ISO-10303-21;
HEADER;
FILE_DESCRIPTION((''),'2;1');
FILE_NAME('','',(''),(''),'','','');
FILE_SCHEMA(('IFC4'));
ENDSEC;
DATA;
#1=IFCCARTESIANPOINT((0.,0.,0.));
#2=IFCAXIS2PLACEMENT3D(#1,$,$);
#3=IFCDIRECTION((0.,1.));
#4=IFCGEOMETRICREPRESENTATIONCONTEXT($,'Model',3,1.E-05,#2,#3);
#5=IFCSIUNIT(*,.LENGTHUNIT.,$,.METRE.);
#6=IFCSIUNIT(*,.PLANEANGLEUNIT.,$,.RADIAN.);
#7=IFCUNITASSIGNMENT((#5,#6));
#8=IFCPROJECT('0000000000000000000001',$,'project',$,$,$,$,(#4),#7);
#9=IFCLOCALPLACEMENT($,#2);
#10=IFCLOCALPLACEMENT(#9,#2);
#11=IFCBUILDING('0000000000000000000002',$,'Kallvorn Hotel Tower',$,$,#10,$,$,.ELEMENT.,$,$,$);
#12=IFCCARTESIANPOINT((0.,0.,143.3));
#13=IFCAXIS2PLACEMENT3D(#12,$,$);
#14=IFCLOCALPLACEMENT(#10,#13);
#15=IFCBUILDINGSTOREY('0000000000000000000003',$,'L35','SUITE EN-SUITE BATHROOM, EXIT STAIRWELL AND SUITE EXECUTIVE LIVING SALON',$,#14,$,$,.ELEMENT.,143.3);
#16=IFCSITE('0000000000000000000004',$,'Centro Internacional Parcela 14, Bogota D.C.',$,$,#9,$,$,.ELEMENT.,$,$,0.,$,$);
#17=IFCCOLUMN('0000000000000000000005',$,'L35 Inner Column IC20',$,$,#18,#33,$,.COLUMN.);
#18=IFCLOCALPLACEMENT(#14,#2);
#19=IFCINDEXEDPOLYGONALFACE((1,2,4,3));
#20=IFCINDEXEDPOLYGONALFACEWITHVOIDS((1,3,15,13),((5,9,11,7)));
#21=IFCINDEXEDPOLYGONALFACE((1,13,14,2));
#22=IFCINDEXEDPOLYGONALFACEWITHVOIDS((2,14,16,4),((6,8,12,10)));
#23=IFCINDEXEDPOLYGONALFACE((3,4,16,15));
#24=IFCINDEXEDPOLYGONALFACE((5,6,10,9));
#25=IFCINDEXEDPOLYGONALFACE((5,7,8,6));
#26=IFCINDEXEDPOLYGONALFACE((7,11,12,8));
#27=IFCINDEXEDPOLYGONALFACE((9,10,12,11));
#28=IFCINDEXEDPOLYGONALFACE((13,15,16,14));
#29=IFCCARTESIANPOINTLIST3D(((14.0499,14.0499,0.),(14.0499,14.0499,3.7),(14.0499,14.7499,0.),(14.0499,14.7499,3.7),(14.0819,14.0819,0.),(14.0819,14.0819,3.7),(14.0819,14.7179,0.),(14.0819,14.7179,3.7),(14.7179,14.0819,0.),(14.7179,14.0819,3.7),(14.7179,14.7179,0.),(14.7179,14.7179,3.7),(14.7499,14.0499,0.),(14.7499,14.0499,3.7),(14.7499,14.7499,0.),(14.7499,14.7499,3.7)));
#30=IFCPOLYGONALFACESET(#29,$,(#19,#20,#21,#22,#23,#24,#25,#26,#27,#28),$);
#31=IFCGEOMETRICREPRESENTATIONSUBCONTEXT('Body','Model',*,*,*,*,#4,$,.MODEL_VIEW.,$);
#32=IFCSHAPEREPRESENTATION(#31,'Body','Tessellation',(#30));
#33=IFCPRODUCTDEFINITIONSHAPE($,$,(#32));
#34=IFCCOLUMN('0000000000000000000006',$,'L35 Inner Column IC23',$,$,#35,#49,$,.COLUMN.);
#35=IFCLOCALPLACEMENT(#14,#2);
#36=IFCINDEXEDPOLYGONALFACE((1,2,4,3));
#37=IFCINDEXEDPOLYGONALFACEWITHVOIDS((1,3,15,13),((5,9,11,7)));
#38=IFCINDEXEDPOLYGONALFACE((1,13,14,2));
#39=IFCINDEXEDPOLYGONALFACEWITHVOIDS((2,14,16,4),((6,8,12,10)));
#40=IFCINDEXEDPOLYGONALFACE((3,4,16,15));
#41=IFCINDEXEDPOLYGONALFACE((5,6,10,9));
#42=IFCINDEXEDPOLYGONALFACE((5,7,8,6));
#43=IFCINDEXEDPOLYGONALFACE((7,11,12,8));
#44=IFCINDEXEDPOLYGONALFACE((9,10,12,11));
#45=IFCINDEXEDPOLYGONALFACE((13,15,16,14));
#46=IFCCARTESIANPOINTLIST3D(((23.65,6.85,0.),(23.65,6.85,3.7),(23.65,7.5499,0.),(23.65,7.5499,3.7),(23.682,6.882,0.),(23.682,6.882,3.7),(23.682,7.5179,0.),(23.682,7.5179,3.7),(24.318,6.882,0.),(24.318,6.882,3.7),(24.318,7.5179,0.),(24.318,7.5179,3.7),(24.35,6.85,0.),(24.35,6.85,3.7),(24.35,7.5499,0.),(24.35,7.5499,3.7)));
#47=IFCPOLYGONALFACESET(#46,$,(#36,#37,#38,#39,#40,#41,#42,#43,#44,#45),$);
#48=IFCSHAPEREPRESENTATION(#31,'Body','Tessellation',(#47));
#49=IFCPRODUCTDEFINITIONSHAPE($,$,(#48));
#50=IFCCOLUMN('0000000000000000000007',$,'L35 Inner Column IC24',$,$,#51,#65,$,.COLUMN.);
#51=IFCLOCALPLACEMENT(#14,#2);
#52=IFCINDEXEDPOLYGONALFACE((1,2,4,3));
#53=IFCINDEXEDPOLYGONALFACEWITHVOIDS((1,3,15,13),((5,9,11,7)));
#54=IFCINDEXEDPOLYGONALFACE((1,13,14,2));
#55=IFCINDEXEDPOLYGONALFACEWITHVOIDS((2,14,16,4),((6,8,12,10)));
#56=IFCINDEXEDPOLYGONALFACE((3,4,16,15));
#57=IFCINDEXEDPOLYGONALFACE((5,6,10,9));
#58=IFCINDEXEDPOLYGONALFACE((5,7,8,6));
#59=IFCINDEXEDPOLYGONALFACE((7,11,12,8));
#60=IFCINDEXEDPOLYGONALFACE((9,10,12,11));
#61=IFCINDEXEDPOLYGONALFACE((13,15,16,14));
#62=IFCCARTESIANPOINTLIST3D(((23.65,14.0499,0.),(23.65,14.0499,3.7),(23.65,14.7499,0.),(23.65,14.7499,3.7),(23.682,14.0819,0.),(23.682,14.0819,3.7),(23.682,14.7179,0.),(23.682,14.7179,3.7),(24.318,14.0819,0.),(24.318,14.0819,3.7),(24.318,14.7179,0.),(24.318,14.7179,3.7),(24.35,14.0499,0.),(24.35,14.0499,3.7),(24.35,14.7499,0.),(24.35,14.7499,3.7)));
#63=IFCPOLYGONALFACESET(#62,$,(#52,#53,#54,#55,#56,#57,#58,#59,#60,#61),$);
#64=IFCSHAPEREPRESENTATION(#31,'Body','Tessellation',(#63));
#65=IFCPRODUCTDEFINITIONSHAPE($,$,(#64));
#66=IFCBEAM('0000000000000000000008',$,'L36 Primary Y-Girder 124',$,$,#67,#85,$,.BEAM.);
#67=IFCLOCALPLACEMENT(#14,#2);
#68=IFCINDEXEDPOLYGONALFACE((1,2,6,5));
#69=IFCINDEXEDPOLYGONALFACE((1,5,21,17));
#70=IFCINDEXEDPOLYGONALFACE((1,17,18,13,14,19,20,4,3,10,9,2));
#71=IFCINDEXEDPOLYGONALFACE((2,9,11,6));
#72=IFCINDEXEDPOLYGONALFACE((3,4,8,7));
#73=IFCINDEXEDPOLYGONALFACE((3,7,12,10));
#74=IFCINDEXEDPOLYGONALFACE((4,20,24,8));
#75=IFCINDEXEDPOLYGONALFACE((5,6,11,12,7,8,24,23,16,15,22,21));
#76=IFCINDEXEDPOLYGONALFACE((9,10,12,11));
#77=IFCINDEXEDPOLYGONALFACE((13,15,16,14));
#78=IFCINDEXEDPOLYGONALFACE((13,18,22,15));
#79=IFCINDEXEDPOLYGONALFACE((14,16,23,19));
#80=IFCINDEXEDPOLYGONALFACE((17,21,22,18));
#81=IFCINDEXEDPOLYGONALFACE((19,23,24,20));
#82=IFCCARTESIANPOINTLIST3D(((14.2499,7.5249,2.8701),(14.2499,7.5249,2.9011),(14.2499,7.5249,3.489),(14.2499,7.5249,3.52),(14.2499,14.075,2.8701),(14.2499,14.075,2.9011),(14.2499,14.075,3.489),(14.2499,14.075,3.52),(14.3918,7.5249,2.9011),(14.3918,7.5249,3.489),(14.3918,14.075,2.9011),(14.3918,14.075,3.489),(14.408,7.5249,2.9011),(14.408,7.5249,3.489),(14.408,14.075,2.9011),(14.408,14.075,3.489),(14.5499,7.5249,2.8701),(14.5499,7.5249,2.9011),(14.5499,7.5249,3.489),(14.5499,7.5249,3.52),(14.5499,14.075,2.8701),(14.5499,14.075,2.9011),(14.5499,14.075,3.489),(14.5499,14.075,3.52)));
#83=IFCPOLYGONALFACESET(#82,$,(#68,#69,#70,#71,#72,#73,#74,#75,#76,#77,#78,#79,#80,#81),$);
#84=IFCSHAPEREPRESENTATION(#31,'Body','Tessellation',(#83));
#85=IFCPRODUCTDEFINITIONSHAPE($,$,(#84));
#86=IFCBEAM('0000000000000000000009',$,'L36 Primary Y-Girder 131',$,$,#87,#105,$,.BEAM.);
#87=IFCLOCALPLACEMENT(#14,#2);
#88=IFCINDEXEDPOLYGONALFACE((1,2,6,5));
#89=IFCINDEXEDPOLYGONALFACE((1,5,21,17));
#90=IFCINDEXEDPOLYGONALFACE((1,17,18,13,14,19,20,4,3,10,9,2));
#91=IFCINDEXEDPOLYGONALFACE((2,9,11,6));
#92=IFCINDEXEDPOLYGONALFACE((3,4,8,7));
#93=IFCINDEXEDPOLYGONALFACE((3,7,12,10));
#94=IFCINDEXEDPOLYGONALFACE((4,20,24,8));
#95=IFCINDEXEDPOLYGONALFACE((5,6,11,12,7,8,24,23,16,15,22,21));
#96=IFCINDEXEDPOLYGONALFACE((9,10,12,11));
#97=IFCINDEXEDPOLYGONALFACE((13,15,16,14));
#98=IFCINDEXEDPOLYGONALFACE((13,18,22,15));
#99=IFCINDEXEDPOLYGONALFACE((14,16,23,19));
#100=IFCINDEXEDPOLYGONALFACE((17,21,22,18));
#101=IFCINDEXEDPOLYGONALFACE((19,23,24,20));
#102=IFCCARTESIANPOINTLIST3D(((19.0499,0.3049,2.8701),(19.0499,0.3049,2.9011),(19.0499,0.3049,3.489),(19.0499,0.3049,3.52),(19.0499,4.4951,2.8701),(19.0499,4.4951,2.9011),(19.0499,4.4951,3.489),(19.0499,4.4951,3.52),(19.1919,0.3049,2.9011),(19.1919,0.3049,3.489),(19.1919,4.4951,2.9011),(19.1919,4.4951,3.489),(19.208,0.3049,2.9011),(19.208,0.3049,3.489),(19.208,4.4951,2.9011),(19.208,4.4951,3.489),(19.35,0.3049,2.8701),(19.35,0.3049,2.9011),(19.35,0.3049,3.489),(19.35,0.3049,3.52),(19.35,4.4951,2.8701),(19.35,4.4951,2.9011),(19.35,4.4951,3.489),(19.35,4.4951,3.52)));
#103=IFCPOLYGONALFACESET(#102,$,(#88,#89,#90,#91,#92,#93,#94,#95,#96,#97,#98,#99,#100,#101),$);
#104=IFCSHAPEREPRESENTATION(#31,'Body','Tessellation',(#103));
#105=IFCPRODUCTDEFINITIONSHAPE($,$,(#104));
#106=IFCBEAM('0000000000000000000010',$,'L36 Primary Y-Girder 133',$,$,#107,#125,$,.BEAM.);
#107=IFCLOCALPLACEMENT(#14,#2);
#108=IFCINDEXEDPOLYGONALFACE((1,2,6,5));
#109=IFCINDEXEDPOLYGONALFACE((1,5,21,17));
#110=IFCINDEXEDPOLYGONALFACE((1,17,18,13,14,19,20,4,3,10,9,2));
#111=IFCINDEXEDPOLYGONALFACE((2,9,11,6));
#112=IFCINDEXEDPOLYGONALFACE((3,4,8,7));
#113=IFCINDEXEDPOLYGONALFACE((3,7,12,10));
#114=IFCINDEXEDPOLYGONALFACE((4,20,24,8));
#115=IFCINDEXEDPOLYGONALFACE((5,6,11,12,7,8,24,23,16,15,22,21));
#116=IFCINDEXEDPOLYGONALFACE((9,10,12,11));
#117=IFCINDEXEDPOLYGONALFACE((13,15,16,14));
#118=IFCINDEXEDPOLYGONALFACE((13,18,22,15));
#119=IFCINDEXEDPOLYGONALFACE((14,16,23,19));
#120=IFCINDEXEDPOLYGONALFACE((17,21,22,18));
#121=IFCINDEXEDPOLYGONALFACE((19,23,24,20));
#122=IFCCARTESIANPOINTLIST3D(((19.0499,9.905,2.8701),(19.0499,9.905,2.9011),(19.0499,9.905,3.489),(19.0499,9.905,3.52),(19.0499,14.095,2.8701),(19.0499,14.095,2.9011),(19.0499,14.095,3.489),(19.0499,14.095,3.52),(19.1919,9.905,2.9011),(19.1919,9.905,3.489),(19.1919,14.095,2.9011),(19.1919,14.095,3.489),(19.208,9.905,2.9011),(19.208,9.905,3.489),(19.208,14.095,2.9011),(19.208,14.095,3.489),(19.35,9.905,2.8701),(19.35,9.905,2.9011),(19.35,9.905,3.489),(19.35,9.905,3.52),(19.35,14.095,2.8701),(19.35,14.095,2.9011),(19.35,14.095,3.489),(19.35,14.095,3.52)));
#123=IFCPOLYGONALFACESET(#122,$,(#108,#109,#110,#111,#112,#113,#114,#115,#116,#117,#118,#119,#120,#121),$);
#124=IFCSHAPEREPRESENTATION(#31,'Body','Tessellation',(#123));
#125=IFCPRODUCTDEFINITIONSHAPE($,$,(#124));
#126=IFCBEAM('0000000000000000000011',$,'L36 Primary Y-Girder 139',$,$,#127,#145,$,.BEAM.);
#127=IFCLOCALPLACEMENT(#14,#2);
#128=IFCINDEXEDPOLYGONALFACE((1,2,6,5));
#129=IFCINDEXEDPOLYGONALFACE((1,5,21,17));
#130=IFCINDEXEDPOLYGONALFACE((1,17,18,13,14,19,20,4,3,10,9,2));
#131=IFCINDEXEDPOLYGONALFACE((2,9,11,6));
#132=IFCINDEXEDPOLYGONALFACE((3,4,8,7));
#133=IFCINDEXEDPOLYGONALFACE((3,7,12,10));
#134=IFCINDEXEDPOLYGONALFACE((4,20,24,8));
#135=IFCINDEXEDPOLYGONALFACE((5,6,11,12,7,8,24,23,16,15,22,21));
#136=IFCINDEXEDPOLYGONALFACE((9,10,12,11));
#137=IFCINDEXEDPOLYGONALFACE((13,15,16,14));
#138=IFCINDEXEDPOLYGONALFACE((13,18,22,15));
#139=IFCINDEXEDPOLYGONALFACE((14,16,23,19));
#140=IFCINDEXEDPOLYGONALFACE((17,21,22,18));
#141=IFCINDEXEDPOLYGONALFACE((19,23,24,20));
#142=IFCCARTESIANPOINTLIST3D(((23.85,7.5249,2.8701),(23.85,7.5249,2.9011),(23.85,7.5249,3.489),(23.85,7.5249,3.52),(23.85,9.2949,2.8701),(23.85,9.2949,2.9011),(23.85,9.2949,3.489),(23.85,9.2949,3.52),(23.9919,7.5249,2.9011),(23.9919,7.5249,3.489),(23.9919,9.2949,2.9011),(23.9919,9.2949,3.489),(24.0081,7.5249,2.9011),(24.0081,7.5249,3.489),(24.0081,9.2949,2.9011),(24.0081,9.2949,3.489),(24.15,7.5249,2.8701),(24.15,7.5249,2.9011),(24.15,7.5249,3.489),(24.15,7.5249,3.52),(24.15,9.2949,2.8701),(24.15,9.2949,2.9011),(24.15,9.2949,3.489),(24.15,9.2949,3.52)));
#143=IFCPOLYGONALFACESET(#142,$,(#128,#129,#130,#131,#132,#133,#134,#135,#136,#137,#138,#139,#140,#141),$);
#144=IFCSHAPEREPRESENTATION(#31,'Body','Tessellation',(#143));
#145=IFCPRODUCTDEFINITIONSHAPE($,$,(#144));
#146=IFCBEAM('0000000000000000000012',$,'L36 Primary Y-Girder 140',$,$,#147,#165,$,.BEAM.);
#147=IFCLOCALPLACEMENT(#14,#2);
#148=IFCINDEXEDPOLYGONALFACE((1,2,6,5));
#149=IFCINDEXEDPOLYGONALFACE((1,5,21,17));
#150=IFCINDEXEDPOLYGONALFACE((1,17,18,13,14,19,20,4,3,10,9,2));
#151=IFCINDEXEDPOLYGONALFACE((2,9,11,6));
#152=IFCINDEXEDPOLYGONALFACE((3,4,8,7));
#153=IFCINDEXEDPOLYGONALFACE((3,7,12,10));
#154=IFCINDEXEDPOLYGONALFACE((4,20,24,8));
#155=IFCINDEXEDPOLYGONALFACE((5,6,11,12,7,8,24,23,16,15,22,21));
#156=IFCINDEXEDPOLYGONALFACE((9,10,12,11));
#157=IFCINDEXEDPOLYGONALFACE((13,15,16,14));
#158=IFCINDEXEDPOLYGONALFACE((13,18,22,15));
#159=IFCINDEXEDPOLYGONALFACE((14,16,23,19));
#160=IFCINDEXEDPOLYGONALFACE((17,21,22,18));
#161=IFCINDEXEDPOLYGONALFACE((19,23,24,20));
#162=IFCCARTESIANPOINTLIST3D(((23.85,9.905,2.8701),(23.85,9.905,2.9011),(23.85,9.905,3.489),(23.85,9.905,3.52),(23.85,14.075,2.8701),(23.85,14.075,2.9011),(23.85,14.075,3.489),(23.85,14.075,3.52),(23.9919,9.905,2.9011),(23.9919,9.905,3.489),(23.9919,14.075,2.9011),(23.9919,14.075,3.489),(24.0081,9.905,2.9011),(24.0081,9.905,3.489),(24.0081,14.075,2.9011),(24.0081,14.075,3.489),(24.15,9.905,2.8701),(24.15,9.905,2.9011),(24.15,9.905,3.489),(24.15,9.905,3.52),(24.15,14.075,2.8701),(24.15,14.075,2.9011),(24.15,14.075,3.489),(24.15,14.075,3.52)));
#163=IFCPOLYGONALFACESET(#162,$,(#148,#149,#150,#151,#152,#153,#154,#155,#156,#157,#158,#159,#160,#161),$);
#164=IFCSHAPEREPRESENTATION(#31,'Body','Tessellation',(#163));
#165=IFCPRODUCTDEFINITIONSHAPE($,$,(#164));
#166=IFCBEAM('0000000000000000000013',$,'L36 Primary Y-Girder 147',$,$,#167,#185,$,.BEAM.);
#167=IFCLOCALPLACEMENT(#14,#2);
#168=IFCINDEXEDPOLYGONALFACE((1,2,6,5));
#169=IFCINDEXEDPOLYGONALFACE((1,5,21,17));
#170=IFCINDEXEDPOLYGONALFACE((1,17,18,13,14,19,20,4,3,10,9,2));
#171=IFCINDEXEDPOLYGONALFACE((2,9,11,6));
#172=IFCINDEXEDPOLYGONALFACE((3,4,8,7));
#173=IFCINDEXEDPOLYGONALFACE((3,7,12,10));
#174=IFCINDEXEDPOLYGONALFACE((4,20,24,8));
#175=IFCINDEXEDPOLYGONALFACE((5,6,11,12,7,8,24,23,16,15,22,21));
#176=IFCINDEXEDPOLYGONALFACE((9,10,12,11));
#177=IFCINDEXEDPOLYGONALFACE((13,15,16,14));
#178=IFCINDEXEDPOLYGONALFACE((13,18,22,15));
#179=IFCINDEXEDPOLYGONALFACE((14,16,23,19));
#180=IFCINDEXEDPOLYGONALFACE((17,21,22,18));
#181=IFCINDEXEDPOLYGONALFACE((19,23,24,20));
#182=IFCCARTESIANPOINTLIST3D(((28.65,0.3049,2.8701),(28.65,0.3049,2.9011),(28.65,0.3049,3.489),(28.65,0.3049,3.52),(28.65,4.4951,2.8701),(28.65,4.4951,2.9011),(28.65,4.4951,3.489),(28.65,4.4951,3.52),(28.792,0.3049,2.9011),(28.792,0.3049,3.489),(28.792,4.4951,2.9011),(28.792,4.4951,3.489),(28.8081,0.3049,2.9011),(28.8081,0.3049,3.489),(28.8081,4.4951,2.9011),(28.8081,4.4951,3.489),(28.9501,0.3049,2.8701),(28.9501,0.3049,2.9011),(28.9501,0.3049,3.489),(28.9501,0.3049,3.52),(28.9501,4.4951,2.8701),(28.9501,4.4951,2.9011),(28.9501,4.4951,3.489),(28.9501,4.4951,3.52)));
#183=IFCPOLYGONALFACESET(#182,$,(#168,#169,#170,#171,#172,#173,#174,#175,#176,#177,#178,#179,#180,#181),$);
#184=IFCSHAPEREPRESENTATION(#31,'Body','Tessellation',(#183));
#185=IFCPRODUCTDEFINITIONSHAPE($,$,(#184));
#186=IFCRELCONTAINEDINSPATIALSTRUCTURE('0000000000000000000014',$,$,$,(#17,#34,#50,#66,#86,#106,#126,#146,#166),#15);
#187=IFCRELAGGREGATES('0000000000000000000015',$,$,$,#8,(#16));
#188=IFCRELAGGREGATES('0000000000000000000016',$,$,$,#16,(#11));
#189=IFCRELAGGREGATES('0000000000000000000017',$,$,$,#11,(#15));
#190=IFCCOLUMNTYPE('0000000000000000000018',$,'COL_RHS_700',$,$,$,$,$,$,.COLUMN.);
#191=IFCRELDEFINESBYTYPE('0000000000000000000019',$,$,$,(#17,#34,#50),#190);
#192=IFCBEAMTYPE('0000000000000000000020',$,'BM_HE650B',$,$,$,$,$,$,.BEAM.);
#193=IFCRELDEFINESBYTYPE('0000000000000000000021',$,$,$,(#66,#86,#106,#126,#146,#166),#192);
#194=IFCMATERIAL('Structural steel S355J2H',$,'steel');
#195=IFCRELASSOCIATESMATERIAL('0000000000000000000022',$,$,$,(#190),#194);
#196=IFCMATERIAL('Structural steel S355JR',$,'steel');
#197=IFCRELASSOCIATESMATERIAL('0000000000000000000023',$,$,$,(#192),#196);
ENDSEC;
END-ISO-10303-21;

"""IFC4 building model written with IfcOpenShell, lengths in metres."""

from ifc_helpers import new_model, si_unit, direction, frame, origin, origin_2d, place, context, subcontext, project, spatial, hollow_rectangle, i_section, extrude, material, material_profile, profile_set, type_object, element, save


model = new_model("IFC4")

# Units and contexts
model_context = context("Model", 3, precision=1e-05, world=origin(), true_north=direction((0.0, 1.0)))
body_context = subcontext(model_context, "Body", "Model", "MODEL_VIEW")
ifc_project = project(units=[si_unit("LENGTHUNIT", "METRE"), si_unit("PLANEANGLEUNIT", "RADIAN")], contexts=[model_context])

# Site, building, storey
site_placement = place(None, origin())
site = spatial("IfcSite", under=ifc_project, at=site_placement, Name="Centro Internacional Parcela 14, Bogota D.C.", CompositionType="ELEMENT", RefElevation=0.0)
building_placement = place(site_placement, origin())
building = spatial("IfcBuilding", under=site, at=building_placement, Name="Kallvorn Hotel Tower", CompositionType="ELEMENT")
storey_placement = place(building_placement, frame((0.0, 0.0, 143.3)))
storey = spatial("IfcBuildingStorey", under=building, at=storey_placement, Name="L35", Description="SUITE EN-SUITE BATHROOM, EXIT STAIRWELL AND SUITE EXECUTIVE LIVING SALON", CompositionType="ELEMENT", Elevation=143.3)

# Columns
ifc_material_1 = material(Name="Structural steel S355J2H", Category="steel")
ifc_material_profile_1 = material_profile(ifc_material_1, hollow_rectangle(XDim=0.7, YDim=0.7, WallThickness=0.032, at=origin_2d()), Name="RHS 700x700x32")
ifc_profile_set_1 = profile_set([ifc_material_profile_1], Name="Structural steel S355J2H")
column_type_1 = type_object("IfcColumnType", Name="COL_RHS_700", PredefinedType="COLUMN", material=ifc_profile_set_1)
for number, where, z_axis, x_axis, name in (
    (1, (14.3999, 14.3999, 0.0), (0.0, 0.0, 1.0), (1.0, 0.0, 0.0), "L35 Inner Column IC20"),
    (2, (24.0, 7.2, 0.0), (0.0, 0.0, 1.0), (1.0, 0.0, 0.0), "L35 Inner Column IC23"),
    (3, (24.0, 14.3999, 0.0), (0.0, 0.0, 1.0), (1.0, 0.0, 0.0), "L35 Inner Column IC24"),
):
    element("IfcColumn", number, at=place(storey_placement, frame(where, z_axis=z_axis, x_axis=x_axis)), inside=storey, type_object=column_type_1, Name=name, PredefinedType="COLUMN", context=body_context, shape_type="SweptSolid", body=[
        extrude(hollow_rectangle(XDim=0.7, YDim=0.7, WallThickness=0.032, at=origin_2d()), origin(), (0.0, 0.0, 1.0), 3.7),
    ])

# Beams
ifc_material_2 = material(Name="Structural steel S355JR", Category="steel")
ifc_material_profile_2 = material_profile(ifc_material_2, i_section(OverallWidth=0.3, OverallDepth=0.6499, WebThickness=0.0161, FlangeThickness=0.031, at=origin_2d()), Name="HE 650 B")
ifc_profile_set_2 = profile_set([ifc_material_profile_2], Name="Structural steel S355JR")
beam_type_1 = type_object("IfcBeamType", Name="BM_HE650B", PredefinedType="BEAM", material=ifc_profile_set_2)
beam_1_placement = place(storey_placement, frame((14.3999, 7.5249, 3.1951), z_axis=(0.0, 1.0, 0.0), x_axis=(-1.0, 0.0, 0.0)))
element("IfcBeam", 4, at=beam_1_placement, inside=storey, type_object=beam_type_1, Name="L36 Primary Y-Girder 124", PredefinedType="BEAM", context=body_context, shape_type="SweptSolid", body=[
    extrude(i_section(OverallWidth=0.3, OverallDepth=0.6499, WebThickness=0.0161, FlangeThickness=0.031, at=origin_2d()), origin(), (0.0, 0.0, 1.0), 6.55),
])
beam_2_placement = place(storey_placement, frame((19.2, 0.3049, 3.1951), z_axis=(0.0, 1.0, 0.0), x_axis=(-1.0, 0.0, 0.0)))
element("IfcBeam", 5, at=beam_2_placement, inside=storey, type_object=beam_type_1, Name="L36 Primary Y-Girder 131", PredefinedType="BEAM", context=body_context, shape_type="SweptSolid", body=[
    extrude(i_section(OverallWidth=0.3, OverallDepth=0.6499, WebThickness=0.0161, FlangeThickness=0.031, at=origin_2d()), origin(), (0.0, 0.0, 1.0), 4.1902),
])
beam_3_placement = place(storey_placement, frame((19.2, 9.905, 3.1951), z_axis=(0.0, 1.0, 0.0), x_axis=(-1.0, 0.0, 0.0)))
element("IfcBeam", 6, at=beam_3_placement, inside=storey, type_object=beam_type_1, Name="L36 Primary Y-Girder 133", PredefinedType="BEAM", context=body_context, shape_type="SweptSolid", body=[
    extrude(i_section(OverallWidth=0.3, OverallDepth=0.6499, WebThickness=0.0161, FlangeThickness=0.031, at=origin_2d()), origin(), (0.0, 0.0, 1.0), 4.1899),
])
beam_4_placement = place(storey_placement, frame((24.0, 7.5249, 3.1951), z_axis=(0.0, 1.0, 0.0), x_axis=(-1.0, 0.0, 0.0)))
element("IfcBeam", 7, at=beam_4_placement, inside=storey, type_object=beam_type_1, Name="L36 Primary Y-Girder 139", PredefinedType="BEAM", context=body_context, shape_type="SweptSolid", body=[
    extrude(i_section(OverallWidth=0.3, OverallDepth=0.6499, WebThickness=0.0161, FlangeThickness=0.031, at=origin_2d()), origin(), (0.0, 0.0, 1.0), 1.77),
])
beam_5_placement = place(storey_placement, frame((24.0, 9.905, 3.1951), z_axis=(0.0, 1.0, 0.0), x_axis=(-1.0, 0.0, 0.0)))
element("IfcBeam", 8, at=beam_5_placement, inside=storey, type_object=beam_type_1, Name="L36 Primary Y-Girder 140", PredefinedType="BEAM", context=body_context, shape_type="SweptSolid", body=[
    extrude(i_section(OverallWidth=0.3, OverallDepth=0.6499, WebThickness=0.0161, FlangeThickness=0.031, at=origin_2d()), origin(), (0.0, 0.0, 1.0), 4.1699),
])
beam_6_placement = place(storey_placement, frame((28.8, 0.3049, 3.1951), z_axis=(0.0, 1.0, 0.0), x_axis=(-1.0, 0.0, 0.0)))
element("IfcBeam", 9, at=beam_6_placement, inside=storey, type_object=beam_type_1, Name="L36 Primary Y-Girder 147", PredefinedType="BEAM", context=body_context, shape_type="SweptSolid", body=[
    extrude(i_section(OverallWidth=0.3, OverallDepth=0.6499, WebThickness=0.0161, FlangeThickness=0.031, at=origin_2d()), origin(), (0.0, 0.0, 1.0), 4.1902),
])

save(model, "model.ifc")
